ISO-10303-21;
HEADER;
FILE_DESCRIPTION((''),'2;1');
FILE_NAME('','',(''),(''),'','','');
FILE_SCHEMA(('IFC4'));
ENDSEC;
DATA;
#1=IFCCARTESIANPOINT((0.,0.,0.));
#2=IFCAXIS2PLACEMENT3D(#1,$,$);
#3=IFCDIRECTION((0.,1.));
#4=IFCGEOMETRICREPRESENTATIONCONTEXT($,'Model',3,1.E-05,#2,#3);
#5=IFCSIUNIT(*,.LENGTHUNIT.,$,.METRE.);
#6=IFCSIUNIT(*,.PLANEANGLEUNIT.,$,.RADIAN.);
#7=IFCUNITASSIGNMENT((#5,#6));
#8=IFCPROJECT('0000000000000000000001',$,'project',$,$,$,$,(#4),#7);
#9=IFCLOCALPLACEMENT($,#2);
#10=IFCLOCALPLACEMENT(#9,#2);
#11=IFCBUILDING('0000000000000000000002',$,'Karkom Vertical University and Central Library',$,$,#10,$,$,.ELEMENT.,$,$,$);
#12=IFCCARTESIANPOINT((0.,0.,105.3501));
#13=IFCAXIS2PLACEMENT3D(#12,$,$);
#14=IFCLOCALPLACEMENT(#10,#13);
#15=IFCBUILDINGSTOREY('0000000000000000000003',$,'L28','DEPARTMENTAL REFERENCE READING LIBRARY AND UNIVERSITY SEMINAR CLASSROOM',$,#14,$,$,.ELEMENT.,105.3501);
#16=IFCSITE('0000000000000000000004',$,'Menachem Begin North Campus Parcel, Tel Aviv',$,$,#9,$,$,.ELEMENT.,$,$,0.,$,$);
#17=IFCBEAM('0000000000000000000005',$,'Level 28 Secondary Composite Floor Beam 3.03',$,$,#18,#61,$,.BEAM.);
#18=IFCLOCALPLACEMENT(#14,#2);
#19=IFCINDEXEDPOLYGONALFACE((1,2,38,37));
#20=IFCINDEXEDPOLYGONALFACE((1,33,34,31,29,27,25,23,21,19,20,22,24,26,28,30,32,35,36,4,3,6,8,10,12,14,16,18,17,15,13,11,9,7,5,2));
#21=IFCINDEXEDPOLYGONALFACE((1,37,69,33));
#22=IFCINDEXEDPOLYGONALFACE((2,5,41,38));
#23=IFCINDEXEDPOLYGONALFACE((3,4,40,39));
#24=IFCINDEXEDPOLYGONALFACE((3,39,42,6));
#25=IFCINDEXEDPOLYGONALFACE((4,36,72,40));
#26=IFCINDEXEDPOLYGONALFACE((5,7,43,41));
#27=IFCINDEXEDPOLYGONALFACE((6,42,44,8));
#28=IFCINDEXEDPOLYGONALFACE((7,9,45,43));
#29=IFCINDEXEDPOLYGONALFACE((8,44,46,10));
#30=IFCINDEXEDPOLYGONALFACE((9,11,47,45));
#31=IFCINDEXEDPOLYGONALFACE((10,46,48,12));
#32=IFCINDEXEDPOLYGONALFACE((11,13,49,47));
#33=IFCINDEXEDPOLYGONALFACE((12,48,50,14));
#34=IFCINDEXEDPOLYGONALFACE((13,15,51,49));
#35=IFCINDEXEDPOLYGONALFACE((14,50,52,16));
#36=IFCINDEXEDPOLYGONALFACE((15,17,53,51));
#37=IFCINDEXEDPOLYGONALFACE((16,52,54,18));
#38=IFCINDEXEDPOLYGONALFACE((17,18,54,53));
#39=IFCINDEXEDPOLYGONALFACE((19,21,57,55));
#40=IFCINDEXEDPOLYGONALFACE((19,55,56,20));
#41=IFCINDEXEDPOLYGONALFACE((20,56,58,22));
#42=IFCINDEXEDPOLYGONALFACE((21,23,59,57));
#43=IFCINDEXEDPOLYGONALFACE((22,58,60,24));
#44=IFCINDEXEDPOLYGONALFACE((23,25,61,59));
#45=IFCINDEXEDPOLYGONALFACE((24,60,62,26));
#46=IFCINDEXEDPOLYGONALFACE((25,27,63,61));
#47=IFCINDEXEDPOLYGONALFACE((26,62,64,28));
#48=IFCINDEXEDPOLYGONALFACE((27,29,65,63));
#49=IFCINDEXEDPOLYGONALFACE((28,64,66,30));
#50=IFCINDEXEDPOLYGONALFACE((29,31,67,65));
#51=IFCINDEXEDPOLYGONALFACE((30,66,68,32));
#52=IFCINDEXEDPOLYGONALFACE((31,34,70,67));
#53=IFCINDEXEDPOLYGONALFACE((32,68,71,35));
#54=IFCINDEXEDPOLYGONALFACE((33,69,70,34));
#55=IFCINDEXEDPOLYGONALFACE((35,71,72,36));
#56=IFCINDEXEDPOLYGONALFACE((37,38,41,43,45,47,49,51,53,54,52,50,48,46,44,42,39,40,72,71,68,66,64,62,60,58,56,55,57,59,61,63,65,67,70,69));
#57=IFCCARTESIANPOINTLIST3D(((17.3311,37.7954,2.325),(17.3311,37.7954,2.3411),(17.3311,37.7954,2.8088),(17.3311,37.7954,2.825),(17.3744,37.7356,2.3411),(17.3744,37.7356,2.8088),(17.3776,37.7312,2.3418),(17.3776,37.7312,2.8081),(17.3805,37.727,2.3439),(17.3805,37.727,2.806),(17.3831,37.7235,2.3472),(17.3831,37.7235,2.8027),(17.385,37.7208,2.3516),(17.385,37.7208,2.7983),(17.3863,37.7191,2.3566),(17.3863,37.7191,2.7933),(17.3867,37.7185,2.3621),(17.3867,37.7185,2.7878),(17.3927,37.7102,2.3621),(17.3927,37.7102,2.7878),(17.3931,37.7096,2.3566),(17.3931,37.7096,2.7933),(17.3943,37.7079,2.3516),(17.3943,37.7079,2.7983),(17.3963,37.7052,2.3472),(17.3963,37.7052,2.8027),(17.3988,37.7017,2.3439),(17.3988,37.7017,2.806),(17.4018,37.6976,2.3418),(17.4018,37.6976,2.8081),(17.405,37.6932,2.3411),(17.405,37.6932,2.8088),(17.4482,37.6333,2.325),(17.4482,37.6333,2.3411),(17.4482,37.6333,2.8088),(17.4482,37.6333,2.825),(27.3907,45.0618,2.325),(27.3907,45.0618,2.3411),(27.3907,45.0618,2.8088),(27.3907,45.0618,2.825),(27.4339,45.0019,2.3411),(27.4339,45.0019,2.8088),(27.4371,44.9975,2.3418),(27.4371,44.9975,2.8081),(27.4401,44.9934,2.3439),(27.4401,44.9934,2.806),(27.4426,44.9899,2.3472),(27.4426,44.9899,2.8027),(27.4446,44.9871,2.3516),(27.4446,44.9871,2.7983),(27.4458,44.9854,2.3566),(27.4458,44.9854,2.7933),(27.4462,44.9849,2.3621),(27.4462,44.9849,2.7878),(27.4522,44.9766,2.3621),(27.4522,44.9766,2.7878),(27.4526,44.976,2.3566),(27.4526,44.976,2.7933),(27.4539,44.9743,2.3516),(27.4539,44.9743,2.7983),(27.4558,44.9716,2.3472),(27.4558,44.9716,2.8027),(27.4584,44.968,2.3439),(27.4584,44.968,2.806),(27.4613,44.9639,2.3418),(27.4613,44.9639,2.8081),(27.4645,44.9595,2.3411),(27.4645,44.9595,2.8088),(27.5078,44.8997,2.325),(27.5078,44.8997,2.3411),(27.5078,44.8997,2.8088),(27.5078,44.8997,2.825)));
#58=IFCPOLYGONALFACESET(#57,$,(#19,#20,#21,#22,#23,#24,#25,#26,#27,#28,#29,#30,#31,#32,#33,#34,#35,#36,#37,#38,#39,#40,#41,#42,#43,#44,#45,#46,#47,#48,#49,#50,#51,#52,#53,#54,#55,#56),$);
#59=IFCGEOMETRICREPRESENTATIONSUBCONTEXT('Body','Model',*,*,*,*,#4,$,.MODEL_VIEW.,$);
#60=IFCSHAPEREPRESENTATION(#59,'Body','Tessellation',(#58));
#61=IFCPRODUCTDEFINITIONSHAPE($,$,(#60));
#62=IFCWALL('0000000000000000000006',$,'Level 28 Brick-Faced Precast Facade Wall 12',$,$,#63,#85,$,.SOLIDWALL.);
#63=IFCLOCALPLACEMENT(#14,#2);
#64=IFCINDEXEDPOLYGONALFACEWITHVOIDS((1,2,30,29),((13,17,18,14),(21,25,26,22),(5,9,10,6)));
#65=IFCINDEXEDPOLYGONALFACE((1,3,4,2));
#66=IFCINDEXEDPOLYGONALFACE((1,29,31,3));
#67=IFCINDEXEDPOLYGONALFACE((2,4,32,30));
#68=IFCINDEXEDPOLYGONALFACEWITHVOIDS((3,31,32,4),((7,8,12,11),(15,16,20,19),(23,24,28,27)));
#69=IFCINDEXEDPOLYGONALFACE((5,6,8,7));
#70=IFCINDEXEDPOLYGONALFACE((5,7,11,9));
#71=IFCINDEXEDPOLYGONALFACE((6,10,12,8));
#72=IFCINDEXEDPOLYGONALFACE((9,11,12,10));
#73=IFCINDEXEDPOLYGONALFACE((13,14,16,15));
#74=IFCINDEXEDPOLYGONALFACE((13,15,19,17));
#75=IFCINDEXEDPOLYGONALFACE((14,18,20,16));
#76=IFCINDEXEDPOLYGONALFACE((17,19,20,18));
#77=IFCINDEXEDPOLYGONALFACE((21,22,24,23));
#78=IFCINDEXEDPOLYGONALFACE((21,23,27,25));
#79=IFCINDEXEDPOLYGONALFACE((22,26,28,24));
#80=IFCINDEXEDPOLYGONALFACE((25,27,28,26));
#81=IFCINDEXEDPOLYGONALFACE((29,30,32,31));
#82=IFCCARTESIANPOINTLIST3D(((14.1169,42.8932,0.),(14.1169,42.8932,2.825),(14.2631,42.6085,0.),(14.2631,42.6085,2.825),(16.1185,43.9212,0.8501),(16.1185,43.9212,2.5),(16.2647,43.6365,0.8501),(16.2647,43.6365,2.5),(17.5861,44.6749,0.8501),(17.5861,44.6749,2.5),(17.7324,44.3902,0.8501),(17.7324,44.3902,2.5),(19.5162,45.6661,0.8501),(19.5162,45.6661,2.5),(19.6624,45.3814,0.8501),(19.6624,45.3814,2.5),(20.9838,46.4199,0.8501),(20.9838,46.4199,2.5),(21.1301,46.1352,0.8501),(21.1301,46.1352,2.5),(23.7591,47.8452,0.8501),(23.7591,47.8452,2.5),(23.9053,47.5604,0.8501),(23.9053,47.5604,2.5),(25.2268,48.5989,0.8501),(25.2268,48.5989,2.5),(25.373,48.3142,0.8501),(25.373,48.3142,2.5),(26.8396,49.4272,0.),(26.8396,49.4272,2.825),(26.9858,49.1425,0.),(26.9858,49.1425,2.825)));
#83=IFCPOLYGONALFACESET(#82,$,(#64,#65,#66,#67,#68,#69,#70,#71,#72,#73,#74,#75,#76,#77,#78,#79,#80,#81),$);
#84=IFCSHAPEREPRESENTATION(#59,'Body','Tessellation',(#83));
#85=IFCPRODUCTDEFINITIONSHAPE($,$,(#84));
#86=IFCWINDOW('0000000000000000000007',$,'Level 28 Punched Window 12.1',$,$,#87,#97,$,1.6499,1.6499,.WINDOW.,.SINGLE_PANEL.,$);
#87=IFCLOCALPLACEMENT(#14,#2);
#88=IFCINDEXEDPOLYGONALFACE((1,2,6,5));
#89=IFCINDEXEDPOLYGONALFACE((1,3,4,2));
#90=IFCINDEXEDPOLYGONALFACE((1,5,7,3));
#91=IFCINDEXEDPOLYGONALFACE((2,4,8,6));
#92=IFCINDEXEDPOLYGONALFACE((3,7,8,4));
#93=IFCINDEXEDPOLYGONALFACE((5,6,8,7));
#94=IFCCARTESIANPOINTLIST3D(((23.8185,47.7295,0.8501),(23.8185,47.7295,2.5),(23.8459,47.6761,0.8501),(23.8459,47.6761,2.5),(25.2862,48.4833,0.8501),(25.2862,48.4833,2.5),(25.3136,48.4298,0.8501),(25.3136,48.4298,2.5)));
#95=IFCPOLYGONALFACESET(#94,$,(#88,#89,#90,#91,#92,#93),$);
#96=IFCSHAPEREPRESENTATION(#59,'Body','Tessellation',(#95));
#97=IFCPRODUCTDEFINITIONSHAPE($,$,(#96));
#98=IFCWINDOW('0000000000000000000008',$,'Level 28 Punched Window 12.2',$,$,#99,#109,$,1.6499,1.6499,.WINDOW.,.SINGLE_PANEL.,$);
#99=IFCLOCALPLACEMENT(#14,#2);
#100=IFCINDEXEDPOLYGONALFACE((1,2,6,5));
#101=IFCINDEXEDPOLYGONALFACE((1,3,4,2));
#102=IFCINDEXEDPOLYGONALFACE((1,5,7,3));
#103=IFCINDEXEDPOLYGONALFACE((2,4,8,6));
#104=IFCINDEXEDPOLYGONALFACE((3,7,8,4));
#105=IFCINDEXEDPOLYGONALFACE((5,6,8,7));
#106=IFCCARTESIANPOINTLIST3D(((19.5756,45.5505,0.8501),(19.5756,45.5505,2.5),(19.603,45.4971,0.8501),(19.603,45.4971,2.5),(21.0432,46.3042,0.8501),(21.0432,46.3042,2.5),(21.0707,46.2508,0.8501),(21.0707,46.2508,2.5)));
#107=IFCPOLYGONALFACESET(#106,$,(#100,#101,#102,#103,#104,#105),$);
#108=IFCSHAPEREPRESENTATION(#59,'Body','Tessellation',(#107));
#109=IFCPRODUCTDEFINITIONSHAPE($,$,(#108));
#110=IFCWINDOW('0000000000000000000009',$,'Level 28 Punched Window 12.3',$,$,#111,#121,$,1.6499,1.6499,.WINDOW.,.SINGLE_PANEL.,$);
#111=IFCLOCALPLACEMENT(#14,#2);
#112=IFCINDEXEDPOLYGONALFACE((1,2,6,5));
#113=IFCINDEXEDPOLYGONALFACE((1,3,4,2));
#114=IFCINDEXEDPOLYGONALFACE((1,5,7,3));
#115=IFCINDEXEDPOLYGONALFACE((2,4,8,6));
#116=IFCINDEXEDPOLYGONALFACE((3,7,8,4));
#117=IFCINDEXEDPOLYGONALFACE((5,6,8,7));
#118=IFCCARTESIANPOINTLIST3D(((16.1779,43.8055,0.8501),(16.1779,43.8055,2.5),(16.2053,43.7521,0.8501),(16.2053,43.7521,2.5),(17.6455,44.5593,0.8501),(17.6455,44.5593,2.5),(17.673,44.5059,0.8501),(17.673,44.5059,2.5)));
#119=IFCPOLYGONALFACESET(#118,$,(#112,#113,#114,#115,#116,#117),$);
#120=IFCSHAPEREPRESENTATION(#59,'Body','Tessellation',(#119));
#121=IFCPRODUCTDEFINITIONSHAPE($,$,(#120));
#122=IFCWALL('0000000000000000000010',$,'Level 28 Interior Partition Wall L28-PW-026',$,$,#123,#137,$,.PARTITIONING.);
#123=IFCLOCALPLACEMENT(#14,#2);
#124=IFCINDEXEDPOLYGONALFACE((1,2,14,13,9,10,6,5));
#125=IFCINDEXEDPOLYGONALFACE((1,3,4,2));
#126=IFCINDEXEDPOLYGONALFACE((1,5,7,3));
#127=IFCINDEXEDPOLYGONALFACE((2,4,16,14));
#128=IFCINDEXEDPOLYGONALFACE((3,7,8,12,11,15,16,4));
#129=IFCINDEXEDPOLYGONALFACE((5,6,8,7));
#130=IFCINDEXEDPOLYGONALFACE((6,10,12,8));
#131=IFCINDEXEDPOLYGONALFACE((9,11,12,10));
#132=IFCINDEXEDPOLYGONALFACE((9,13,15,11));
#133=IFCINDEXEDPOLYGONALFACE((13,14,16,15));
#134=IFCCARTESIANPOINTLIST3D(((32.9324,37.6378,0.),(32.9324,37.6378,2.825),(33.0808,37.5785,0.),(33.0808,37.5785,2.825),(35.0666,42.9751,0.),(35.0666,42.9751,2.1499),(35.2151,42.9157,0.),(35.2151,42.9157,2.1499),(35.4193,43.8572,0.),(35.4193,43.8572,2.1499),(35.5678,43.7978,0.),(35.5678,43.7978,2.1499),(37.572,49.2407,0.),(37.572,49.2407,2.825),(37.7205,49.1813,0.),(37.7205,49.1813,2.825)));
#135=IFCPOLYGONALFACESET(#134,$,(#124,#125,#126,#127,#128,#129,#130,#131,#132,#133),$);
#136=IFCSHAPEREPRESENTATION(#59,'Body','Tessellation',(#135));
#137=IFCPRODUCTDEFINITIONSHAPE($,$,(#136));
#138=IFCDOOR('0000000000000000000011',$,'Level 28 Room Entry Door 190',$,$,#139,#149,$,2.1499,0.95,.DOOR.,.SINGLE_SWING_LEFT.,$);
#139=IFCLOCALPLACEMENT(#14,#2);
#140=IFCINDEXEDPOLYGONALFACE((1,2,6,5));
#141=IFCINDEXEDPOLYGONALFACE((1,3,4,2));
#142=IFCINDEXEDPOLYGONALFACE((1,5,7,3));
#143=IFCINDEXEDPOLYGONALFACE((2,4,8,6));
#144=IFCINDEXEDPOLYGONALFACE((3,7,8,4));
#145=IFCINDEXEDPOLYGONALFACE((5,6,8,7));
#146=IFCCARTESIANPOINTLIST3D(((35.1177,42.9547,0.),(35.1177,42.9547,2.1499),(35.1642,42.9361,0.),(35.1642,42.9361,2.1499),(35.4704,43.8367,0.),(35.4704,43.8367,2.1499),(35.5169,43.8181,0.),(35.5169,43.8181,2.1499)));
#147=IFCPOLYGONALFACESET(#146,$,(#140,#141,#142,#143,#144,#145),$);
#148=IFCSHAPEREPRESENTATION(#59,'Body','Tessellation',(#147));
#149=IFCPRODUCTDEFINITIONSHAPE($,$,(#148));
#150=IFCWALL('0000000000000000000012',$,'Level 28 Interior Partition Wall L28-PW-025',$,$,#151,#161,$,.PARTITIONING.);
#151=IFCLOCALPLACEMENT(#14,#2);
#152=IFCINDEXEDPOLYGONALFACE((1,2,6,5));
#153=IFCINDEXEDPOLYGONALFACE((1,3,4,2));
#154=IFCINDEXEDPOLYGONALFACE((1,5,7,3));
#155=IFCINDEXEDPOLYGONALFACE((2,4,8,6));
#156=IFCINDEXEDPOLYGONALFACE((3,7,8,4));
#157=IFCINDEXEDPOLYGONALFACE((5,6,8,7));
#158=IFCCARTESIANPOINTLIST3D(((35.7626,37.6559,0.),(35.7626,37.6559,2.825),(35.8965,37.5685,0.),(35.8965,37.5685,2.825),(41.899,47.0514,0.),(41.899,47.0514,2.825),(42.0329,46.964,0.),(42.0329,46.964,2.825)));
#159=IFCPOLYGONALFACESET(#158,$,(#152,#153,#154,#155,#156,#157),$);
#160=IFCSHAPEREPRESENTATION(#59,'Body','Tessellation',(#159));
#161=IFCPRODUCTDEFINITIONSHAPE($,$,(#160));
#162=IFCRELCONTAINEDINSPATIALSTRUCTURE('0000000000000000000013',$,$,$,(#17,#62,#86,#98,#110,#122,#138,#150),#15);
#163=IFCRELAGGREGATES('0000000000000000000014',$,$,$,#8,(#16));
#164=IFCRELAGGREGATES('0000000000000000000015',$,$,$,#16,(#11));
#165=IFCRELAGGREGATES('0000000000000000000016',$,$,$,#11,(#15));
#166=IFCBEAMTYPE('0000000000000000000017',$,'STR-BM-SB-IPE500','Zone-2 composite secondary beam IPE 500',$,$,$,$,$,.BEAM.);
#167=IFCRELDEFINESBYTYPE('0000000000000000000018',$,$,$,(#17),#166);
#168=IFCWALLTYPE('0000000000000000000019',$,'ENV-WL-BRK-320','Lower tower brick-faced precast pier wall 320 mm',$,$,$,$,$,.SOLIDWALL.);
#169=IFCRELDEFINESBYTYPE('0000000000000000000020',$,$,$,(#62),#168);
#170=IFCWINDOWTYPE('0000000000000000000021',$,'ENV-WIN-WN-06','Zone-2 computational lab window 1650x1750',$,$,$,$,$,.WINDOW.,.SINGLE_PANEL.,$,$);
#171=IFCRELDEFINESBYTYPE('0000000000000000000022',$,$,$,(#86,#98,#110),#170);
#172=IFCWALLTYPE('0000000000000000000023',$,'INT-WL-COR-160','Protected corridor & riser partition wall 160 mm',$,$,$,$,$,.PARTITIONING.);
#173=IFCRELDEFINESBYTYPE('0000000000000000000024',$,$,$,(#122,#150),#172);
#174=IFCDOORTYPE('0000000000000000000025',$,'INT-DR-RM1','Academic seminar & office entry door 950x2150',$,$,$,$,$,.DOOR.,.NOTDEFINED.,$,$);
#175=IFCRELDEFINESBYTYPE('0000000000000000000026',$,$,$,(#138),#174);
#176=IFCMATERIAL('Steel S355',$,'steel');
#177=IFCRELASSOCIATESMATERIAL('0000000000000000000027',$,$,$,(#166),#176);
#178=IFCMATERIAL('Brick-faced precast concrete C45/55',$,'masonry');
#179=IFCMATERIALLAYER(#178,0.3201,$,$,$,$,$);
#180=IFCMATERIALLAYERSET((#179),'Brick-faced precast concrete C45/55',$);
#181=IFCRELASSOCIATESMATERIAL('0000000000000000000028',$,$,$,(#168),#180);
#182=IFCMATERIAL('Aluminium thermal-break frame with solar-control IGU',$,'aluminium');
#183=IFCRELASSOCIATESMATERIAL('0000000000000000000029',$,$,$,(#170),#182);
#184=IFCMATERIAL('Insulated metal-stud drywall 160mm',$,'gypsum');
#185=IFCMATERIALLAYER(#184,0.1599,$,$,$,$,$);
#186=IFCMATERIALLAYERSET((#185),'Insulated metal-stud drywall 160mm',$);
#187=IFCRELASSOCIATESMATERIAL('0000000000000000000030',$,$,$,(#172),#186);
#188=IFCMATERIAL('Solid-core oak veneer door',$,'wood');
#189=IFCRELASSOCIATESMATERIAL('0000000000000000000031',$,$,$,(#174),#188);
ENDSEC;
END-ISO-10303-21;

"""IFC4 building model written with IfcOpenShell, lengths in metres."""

from ifc_helpers import new_model, si_unit, direction, frame, frame_2d, origin, origin_with_axes, origin_2d, place, context, subcontext, project, spatial, rectangle, i_section, extrude, source, transform, mapped, material, layer, layer_set, material_profile, profile_set, type_object, element, fill, save


model = new_model("IFC4")

# Units and contexts
model_context = context("Model", 3, precision=1e-05, world=origin(), true_north=direction((0.0, 1.0)))
body_context = subcontext(model_context, "Body", "Model", "MODEL_VIEW")
ifc_project = project(units=[si_unit("LENGTHUNIT", "METRE"), si_unit("PLANEANGLEUNIT", "RADIAN")], contexts=[model_context])

# Site, building, storey
site_placement = place(None, origin())
site = spatial("IfcSite", under=ifc_project, at=site_placement, Name="Menachem Begin North Campus Parcel, Tel Aviv", CompositionType="ELEMENT", RefElevation=0.0)
building_placement = place(site_placement, origin())
building = spatial("IfcBuilding", under=site, at=building_placement, Name="Karkom Vertical University and Central Library", CompositionType="ELEMENT")
storey_placement = place(building_placement, frame((0.0, 0.0, 105.3501)))
storey = spatial("IfcBuildingStorey", under=building, at=storey_placement, Name="L28", Description="DEPARTMENTAL REFERENCE READING LIBRARY AND UNIVERSITY SEMINAR CLASSROOM", CompositionType="ELEMENT", Elevation=105.3501)

# Beam
ifc_material_1 = material(Name="Steel S355", Category="steel")
ifc_material_profile_1 = material_profile(ifc_material_1, i_section(OverallWidth=0.2, OverallDepth=0.5, WebThickness=0.0103, FlangeThickness=0.0161, FilletRadius=0.021, at=origin_2d()), Name="IPE 500")
ifc_profile_set_1 = profile_set([ifc_material_profile_1], Name="Steel S355")
beam_type_1 = type_object("IfcBeamType", Name="STR-BM-SB-IPE500", Description="Zone-2 composite secondary beam IPE 500", PredefinedType="BEAM", material=ifc_profile_set_1)
shared_shape_1 = source(origin_with_axes(), body_context, "Body", "SweptSolid", [
    extrude(i_section(OverallWidth=0.2, OverallDepth=0.5, WebThickness=0.0103, FlangeThickness=0.0161, FilletRadius=0.021, at=origin_2d()), origin(), (0.0, 0.0, 1.0), 12.4094),
])
beam_1_placement = place(storey_placement, frame((27.4492, 44.9807, 2.575), z_axis=(-0.810637, -0.585549, 0.0), x_axis=(0.585549, -0.810637, 0.0)))
element("IfcBeam", 1, at=beam_1_placement, inside=storey, type_object=beam_type_1, Name="Level 28 Secondary Composite Floor Beam 3.03", PredefinedType="BEAM", context=body_context, shape_type="MappedRepresentation", body=[
    mapped(shared_shape_1, transform((0.0, 0.0, 0.0), scale=1.0)),
])

# Wall, openings, windows
ifc_material_2 = material(Name="Brick-faced precast concrete C45/55", Category="masonry")
ifc_layer_1 = layer(ifc_material_2, 0.3201)
ifc_layer_set_1 = layer_set([ifc_layer_1], Name="Brick-faced precast concrete C45/55")
wall_type_1 = type_object("IfcWallType", Name="ENV-WL-BRK-320", Description="Lower tower brick-faced precast pier wall 320 mm", PredefinedType="SOLIDWALL", material=ifc_layer_set_1)
wall_1_placement = place(storey_placement, frame((26.9128, 49.2849, 0.0), z_axis=(0.0, 0.0, 1.0), x_axis=(-0.889548, -0.456842, 0.0)))
wall_1 = element("IfcWall", 2, at=wall_1_placement, inside=storey, type_object=wall_type_1, Name="Level 28 Brick-Faced Precast Facade Wall 12", PredefinedType="SOLIDWALL", context=body_context, shape_type="SweptSolid", body=[
    extrude(rectangle(XDim=14.3025, YDim=0.3201, at=frame_2d((7.1514, 0.0))), origin(), (0.0, 0.0, 1.0), 2.825),
])
opening_1_placement = place(wall_1_placement, frame((1.8132, 0.0, 0.8501)))
opening_1 = element("IfcOpeningElement", 3, at=opening_1_placement, cuts=wall_1, PredefinedType="OPENING", context=body_context, shape_type="SweptSolid", body=[
    extrude(rectangle(XDim=1.6499, YDim=1.6499, at=frame_2d((0.825, 0.825))), frame((0.0, 0.1699, 0.0), z_axis=(0.0, -1.0, 0.0), x_axis=(1.0, 0.0, 0.0)), (0.0, 0.0, 1.0), 0.3401),
])
opening_2_placement = place(wall_1_placement, frame((6.583, 0.0, 0.8501)))
opening_2 = element("IfcOpeningElement", 4, at=opening_2_placement, cuts=wall_1, PredefinedType="OPENING", context=body_context, shape_type="SweptSolid", body=[
    extrude(rectangle(XDim=1.6499, YDim=1.6499, at=frame_2d((0.825, 0.825))), frame((0.0, 0.1699, 0.0), z_axis=(0.0, -1.0, 0.0), x_axis=(1.0, 0.0, 0.0)), (0.0, 0.0, 1.0), 0.3401),
])
opening_3_placement = place(wall_1_placement, frame((10.4026, 0.0, 0.8501)))
opening_3 = element("IfcOpeningElement", 5, at=opening_3_placement, cuts=wall_1, PredefinedType="OPENING", context=body_context, shape_type="SweptSolid", body=[
    extrude(rectangle(XDim=1.6499, YDim=1.6499, at=frame_2d((0.825, 0.825))), frame((0.0, 0.1699, 0.0), z_axis=(0.0, -1.0, 0.0), x_axis=(1.0, 0.0, 0.0)), (0.0, 0.0, 1.0), 0.3401),
])
ifc_material_3 = material(Name="Aluminium thermal-break frame with solar-control IGU", Category="aluminium")
window_type = type_object("IfcWindowType", Name="ENV-WIN-WN-06", Description="Zone-2 computational lab window 1650x1750", PartitioningType="SINGLE_PANEL", PredefinedType="WINDOW", material=ifc_material_3)
shared_shape_2 = source(origin_with_axes(), body_context, "Body", "SweptSolid", [
    extrude(rectangle(XDim=1.6499, YDim=1.6499, at=frame_2d((0.825, 0.825))), frame((0.0, 0.03, 0.0), z_axis=(0.0, -1.0, 0.0), x_axis=(1.0, 0.0, 0.0)), (0.0, 0.0, 1.0), 0.0601),
])
window_1_placement = place(opening_1_placement, origin())
window_1 = element("IfcWindow", 6, at=window_1_placement, inside=storey, type_object=window_type, Name="Level 28 Punched Window 12.1", OverallHeight=1.6499, OverallWidth=1.6499, PartitioningType="SINGLE_PANEL", PredefinedType="WINDOW", context=body_context, shape_type="MappedRepresentation", body=[
    mapped(shared_shape_2, transform((0.0, 0.0, 0.0), scale=1.0)),
])
fill(opening_1, window_1)
window_2_placement = place(opening_2_placement, origin())
window_2 = element("IfcWindow", 7, at=window_2_placement, inside=storey, type_object=window_type, Name="Level 28 Punched Window 12.2", OverallHeight=1.6499, OverallWidth=1.6499, PartitioningType="SINGLE_PANEL", PredefinedType="WINDOW", context=body_context, shape_type="MappedRepresentation", body=[
    mapped(shared_shape_2, transform((0.0, 0.0, 0.0), scale=1.0)),
])
fill(opening_2, window_2)
window_3_placement = place(opening_3_placement, origin())
window_3 = element("IfcWindow", 8, at=window_3_placement, inside=storey, type_object=window_type, Name="Level 28 Punched Window 12.3", OverallHeight=1.6499, OverallWidth=1.6499, PartitioningType="SINGLE_PANEL", PredefinedType="WINDOW", context=body_context, shape_type="MappedRepresentation", body=[
    mapped(shared_shape_2, transform((0.0, 0.0, 0.0), scale=1.0)),
])
fill(opening_3, window_3)

# Wall, opening, door
ifc_material_4 = material(Name="Insulated metal-stud drywall 160mm", Category="gypsum")
ifc_layer_2 = layer(ifc_material_4, 0.1599)
ifc_layer_set_2 = layer_set([ifc_layer_2], Name="Insulated metal-stud drywall 160mm")
wall_type_2 = type_object("IfcWallType", Name="INT-WL-COR-160", Description="Protected corridor & riser partition wall 160 mm", PredefinedType="PARTITIONING", material=ifc_layer_set_2)
wall_2_placement = place(storey_placement, frame((33.0066, 37.6082, 0.0), z_axis=(0.0, 0.0, 1.0), x_axis=(0.37129, 0.928517, 0.0)))
wall_2 = element("IfcWall", 9, at=wall_2_placement, inside=storey, type_object=wall_type_2, Name="Level 28 Interior Partition Wall L28-PW-026", PredefinedType="PARTITIONING", context=body_context, shape_type="SweptSolid", body=[
    extrude(rectangle(XDim=12.4961, YDim=0.1599, at=frame_2d((6.248, 0.0))), origin(), (0.0, 0.0, 1.0), 2.825),
])
opening_4_placement = place(wall_2_placement, frame((5.748, 0.0, 0.0)))
opening_4 = element("IfcOpeningElement", 10, at=opening_4_placement, cuts=wall_2, PredefinedType="OPENING", context=body_context, shape_type="SweptSolid", body=[
    extrude(rectangle(XDim=0.95, YDim=2.1499, at=frame_2d((0.4751, 1.075))), frame((0.0, 0.0898, 0.0), z_axis=(0.0, -1.0, 0.0), x_axis=(1.0, 0.0, 0.0)), (0.0, 0.0, 1.0), 0.1799),
])
ifc_material_5 = material(Name="Solid-core oak veneer door", Category="wood")
door_type_1 = type_object("IfcDoorType", Name="INT-DR-RM1", Description="Academic seminar & office entry door 950x2150", OperationType="NOTDEFINED", PredefinedType="DOOR", material=ifc_material_5)
shared_shape_3 = source(origin_with_axes(), body_context, "Body", "SweptSolid", [
    extrude(rectangle(XDim=0.95, YDim=2.1499, at=frame_2d((0.4751, 1.075))), frame((0.0, 0.0249, 0.0), z_axis=(0.0, -1.0, 0.0), x_axis=(1.0, 0.0, 0.0)), (0.0, 0.0, 1.0), 0.05),
])
door_1_placement = place(opening_4_placement, origin())
door_1 = element("IfcDoor", 11, at=door_1_placement, inside=storey, type_object=door_type_1, Name="Level 28 Room Entry Door 190", OperationType="SINGLE_SWING_LEFT", OverallHeight=2.1499, OverallWidth=0.95, PredefinedType="DOOR", context=body_context, shape_type="MappedRepresentation", body=[
    mapped(shared_shape_3, transform((0.0, 0.0, 0.0), scale=1.0)),
])
fill(opening_4, door_1)

# Wall
wall_3_placement = place(storey_placement, frame((35.8296, 37.6123, 0.0), z_axis=(0.0, 0.0, 1.0), x_axis=(0.546828, 0.837245, 0.0)))
element("IfcWall", 12, at=wall_3_placement, inside=storey, type_object=wall_type_2, Name="Level 28 Interior Partition Wall L28-PW-025", PredefinedType="PARTITIONING", context=body_context, shape_type="SweptSolid", body=[
    extrude(rectangle(XDim=11.2219, YDim=0.1599, at=frame_2d((5.6108, 0.0))), origin(), (0.0, 0.0, 1.0), 2.825),
])

save(model, "model.ifc")
